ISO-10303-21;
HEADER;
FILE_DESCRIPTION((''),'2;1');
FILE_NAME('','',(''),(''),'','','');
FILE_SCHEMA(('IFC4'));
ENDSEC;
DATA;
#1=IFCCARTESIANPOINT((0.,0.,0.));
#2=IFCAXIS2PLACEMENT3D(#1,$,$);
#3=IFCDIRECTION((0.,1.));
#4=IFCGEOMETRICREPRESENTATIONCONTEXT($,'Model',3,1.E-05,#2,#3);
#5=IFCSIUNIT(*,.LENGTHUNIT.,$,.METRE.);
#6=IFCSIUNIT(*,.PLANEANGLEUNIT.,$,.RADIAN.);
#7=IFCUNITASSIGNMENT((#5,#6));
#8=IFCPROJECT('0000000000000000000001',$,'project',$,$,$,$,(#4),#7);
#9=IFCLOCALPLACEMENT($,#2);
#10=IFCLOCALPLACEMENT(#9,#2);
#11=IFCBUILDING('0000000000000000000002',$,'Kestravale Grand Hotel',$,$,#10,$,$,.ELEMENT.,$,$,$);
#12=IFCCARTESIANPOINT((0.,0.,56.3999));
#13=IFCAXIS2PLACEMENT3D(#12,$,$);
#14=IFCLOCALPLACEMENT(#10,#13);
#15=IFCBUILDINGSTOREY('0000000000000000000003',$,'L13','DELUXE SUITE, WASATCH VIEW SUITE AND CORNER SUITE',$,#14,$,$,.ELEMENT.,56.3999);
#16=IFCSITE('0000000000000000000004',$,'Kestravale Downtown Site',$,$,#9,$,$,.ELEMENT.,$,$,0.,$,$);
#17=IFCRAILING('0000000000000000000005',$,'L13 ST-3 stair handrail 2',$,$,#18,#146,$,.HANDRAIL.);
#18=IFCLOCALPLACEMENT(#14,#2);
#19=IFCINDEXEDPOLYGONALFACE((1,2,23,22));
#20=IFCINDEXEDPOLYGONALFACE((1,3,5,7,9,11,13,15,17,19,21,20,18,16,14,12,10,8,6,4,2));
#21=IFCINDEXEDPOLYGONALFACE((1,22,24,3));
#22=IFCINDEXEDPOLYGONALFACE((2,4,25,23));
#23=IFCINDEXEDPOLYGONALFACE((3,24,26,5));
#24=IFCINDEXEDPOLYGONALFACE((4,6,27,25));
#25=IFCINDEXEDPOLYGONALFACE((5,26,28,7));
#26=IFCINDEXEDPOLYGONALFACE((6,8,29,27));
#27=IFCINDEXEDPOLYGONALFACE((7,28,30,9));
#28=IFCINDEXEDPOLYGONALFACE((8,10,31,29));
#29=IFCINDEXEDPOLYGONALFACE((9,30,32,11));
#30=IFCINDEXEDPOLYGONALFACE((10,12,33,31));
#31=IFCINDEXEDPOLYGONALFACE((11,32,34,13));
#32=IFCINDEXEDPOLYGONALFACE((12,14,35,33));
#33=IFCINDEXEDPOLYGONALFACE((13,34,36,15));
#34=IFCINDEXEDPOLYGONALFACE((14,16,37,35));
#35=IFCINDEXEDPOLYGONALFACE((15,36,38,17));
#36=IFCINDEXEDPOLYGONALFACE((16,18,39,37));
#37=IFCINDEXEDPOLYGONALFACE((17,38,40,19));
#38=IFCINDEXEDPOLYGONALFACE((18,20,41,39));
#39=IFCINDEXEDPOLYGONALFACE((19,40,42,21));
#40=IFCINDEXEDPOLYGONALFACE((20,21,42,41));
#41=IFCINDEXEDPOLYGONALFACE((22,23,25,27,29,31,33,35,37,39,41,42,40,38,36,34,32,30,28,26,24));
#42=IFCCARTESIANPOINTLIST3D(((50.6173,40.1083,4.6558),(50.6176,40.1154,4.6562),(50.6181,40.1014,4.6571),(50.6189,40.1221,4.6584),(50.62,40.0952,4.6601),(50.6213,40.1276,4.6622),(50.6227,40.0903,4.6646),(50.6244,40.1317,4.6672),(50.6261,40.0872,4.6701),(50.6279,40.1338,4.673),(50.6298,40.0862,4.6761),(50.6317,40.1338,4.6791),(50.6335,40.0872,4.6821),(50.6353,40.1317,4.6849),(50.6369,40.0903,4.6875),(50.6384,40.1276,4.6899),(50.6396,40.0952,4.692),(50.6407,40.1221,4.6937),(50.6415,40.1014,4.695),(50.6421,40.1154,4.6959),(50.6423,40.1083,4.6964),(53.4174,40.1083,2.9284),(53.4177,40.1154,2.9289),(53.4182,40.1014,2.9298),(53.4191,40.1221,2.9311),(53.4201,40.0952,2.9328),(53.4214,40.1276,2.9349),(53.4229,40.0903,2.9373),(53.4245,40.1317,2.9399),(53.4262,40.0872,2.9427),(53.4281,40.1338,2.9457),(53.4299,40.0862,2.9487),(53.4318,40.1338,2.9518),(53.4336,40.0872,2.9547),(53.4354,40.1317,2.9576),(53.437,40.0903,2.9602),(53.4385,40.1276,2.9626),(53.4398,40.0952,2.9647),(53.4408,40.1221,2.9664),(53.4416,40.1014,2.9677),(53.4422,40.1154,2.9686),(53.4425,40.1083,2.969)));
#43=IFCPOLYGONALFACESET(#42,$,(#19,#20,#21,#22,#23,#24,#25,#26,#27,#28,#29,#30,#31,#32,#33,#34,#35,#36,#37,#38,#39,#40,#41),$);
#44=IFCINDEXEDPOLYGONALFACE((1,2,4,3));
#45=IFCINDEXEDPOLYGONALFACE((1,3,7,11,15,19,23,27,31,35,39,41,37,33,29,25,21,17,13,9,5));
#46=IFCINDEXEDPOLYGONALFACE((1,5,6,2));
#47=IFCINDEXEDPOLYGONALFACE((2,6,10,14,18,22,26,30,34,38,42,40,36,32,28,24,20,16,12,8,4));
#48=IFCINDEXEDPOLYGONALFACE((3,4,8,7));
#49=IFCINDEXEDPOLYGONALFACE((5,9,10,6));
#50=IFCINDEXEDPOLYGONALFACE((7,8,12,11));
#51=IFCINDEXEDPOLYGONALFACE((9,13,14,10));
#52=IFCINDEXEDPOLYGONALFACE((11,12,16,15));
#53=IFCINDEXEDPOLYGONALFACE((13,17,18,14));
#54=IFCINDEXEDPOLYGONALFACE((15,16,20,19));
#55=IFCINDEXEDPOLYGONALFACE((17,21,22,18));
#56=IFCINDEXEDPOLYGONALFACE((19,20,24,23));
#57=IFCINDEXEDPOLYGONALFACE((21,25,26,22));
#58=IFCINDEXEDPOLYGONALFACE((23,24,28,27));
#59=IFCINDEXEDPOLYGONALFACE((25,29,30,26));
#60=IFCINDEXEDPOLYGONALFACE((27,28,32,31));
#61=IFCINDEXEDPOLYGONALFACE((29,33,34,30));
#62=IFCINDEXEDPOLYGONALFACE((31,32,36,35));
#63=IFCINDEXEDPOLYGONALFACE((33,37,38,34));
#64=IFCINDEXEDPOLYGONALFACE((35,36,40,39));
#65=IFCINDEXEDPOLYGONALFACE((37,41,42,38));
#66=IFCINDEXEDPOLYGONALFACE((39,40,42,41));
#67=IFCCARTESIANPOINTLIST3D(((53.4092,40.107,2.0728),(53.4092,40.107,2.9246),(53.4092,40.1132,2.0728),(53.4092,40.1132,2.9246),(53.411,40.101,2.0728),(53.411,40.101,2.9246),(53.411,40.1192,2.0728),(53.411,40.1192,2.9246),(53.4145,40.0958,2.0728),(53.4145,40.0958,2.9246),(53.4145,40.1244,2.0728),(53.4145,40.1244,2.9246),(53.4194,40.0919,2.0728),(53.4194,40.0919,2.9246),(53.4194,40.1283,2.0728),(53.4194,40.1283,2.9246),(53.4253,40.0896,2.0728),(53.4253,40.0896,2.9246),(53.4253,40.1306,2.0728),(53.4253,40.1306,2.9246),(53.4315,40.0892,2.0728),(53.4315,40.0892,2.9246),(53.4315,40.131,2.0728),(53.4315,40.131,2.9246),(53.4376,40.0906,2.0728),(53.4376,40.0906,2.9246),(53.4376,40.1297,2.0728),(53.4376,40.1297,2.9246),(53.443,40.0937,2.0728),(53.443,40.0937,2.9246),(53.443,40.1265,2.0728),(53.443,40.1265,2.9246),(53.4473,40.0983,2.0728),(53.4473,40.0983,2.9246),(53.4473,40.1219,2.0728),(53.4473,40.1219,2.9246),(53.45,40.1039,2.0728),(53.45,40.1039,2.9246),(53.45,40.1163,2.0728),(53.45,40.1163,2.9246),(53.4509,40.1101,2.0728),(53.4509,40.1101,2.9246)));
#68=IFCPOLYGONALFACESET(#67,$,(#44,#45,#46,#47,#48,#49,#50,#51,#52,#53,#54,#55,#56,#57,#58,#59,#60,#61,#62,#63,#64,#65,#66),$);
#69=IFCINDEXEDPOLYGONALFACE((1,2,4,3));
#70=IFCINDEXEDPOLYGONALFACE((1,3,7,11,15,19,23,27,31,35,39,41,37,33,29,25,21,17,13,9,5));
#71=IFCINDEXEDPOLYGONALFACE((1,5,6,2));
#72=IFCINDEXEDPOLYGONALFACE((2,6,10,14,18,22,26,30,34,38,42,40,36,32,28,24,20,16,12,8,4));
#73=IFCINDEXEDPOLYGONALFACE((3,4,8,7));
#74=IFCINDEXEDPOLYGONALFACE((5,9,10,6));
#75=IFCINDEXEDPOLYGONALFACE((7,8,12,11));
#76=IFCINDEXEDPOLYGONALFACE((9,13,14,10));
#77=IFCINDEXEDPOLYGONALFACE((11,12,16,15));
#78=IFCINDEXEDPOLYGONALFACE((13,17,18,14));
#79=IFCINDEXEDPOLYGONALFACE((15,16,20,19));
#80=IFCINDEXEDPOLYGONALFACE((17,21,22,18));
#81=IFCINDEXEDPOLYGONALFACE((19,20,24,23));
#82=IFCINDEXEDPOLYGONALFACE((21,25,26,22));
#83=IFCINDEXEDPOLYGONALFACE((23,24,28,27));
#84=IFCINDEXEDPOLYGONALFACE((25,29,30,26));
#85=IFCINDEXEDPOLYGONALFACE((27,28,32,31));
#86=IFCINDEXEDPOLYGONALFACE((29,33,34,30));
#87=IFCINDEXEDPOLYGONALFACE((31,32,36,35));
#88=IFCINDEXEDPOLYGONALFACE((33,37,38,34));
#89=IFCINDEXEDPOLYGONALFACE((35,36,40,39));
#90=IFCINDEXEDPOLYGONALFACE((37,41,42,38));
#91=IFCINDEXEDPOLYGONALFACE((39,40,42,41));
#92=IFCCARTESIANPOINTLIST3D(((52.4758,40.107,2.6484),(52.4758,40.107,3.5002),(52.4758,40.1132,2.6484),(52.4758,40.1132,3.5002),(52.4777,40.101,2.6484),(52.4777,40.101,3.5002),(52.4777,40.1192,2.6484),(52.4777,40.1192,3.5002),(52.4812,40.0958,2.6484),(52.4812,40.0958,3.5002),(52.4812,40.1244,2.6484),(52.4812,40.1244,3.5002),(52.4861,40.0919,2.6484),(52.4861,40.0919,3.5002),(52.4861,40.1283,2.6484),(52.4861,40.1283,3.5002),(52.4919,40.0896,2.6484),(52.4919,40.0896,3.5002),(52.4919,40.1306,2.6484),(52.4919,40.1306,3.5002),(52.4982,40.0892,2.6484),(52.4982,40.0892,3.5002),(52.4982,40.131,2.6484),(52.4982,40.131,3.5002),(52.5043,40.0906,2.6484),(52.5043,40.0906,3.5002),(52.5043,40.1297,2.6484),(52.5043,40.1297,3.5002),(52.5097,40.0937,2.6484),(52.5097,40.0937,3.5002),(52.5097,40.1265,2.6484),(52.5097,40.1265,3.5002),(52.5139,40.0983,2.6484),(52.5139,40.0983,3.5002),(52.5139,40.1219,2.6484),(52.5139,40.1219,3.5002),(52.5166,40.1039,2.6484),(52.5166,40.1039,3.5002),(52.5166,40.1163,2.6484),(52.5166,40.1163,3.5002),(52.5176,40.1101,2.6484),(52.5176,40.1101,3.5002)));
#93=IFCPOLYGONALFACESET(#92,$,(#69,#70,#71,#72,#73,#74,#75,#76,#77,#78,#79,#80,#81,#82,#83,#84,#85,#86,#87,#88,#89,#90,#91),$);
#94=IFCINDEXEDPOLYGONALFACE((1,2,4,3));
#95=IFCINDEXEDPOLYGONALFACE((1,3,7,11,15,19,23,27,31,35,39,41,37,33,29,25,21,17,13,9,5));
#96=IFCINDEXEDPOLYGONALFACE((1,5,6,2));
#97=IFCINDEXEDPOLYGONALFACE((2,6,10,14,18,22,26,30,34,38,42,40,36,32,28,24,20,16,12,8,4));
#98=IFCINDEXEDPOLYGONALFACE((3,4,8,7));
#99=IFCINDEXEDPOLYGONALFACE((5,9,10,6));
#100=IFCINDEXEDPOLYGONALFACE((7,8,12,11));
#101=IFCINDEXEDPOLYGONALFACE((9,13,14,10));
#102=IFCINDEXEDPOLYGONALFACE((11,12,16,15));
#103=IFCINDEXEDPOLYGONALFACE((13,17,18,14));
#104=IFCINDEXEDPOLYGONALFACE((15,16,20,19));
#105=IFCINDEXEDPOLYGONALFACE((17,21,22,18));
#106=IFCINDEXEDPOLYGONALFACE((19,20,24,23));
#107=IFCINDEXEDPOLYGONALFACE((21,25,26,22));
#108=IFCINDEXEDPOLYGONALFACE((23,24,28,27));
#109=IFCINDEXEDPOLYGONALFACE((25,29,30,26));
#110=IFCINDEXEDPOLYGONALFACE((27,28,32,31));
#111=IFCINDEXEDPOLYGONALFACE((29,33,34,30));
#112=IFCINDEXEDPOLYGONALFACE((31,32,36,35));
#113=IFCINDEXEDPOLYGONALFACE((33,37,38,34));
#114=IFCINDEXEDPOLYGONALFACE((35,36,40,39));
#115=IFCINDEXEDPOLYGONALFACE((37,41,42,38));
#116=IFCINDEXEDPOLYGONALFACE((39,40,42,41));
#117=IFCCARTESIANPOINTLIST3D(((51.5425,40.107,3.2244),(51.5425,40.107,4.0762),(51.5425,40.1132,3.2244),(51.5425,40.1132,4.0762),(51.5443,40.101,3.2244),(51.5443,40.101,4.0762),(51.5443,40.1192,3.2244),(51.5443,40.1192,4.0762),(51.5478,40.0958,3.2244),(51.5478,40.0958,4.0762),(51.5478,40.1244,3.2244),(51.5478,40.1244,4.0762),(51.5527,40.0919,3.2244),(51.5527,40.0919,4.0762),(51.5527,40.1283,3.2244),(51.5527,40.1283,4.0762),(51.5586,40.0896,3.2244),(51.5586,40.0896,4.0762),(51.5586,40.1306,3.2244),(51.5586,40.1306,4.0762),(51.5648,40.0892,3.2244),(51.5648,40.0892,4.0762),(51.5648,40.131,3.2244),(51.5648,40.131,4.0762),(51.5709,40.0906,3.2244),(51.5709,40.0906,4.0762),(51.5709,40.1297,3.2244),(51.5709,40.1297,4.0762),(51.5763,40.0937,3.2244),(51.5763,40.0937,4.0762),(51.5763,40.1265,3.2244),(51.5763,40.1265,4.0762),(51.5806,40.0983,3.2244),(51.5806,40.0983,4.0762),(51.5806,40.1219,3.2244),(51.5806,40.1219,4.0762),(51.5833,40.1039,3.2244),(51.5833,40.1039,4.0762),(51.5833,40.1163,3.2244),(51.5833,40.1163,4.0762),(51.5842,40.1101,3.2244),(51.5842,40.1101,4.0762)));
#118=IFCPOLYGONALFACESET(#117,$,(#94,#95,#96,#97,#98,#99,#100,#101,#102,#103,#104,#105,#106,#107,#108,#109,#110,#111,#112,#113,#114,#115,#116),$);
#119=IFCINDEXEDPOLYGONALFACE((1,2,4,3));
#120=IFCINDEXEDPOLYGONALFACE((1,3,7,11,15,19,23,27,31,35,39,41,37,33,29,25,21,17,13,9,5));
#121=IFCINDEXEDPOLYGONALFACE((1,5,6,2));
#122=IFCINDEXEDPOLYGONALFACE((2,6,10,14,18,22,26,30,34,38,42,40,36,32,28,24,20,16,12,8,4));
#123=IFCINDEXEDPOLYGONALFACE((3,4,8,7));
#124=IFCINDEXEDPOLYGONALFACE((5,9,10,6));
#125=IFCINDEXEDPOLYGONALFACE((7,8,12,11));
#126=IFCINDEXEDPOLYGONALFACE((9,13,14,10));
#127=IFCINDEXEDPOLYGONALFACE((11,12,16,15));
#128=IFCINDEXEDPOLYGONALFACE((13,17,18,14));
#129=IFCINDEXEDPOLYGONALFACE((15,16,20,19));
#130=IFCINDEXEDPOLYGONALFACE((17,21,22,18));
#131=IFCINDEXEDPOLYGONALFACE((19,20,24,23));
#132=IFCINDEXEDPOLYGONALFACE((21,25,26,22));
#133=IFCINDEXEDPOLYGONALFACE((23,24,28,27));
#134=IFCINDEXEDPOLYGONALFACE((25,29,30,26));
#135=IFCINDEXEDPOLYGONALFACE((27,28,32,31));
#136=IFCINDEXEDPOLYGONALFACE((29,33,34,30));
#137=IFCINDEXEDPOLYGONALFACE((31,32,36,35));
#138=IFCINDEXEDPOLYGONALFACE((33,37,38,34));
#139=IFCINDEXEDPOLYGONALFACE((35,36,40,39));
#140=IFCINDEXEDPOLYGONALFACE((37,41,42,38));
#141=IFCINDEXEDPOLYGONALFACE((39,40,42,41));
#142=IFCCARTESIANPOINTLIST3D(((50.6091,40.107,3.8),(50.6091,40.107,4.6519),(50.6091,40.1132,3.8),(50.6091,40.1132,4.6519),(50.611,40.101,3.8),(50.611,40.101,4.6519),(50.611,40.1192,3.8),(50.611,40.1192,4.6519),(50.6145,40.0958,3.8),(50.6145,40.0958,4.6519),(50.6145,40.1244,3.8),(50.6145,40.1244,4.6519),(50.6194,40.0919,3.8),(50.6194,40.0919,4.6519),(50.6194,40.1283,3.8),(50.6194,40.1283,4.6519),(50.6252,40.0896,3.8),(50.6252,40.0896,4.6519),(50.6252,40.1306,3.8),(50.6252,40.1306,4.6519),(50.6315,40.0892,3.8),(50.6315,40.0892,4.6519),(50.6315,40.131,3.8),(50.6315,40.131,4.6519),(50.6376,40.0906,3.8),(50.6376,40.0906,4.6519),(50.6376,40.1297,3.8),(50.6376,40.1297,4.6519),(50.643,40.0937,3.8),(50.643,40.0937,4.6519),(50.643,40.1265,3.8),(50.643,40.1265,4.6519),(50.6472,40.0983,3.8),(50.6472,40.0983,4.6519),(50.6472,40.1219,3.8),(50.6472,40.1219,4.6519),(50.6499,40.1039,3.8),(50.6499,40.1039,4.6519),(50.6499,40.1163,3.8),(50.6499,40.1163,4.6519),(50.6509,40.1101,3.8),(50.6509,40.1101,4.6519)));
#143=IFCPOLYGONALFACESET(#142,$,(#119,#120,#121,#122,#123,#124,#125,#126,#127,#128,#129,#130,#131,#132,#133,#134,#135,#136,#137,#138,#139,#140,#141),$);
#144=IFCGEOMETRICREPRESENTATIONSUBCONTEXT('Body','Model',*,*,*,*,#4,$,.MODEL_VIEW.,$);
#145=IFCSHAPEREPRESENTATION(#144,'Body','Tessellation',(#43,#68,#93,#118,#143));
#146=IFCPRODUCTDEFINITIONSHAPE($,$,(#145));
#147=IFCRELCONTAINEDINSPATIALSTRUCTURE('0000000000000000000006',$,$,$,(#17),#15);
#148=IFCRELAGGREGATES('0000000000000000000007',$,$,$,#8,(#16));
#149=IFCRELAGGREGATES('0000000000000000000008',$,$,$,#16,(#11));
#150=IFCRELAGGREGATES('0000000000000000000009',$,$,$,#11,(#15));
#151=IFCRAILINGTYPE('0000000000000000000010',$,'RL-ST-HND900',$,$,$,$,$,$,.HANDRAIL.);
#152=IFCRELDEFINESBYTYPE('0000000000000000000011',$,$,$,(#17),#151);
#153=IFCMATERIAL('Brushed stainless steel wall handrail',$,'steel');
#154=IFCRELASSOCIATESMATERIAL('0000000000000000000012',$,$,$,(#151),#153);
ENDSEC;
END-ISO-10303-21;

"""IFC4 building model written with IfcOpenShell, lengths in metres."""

from ifc_helpers import new_model, si_unit, direction, frame, origin, origin_2d, place, context, subcontext, project, spatial, circle, extrude, material, type_object, element, save


model = new_model("IFC4")

# Units and contexts
model_context = context("Model", 3, precision=1e-05, world=origin(), true_north=direction((0.0, 1.0)))
body_context = subcontext(model_context, "Body", "Model", "MODEL_VIEW")
ifc_project = project(units=[si_unit("LENGTHUNIT", "METRE"), si_unit("PLANEANGLEUNIT", "RADIAN")], contexts=[model_context])

# Site, building, storey
site_placement = place(None, origin())
site = spatial("IfcSite", under=ifc_project, at=site_placement, Name="Kestravale Downtown Site", CompositionType="ELEMENT", RefElevation=0.0)
building_placement = place(site_placement, origin())
building = spatial("IfcBuilding", under=site, at=building_placement, Name="Kestravale Grand Hotel", CompositionType="ELEMENT")
storey_placement = place(building_placement, frame((0.0, 0.0, 56.3999)))
storey = spatial("IfcBuildingStorey", under=building, at=storey_placement, Name="L13", Description="DELUXE SUITE, WASATCH VIEW SUITE AND CORNER SUITE", CompositionType="ELEMENT", Elevation=56.3999)

# Railing
ifc_material_1 = material(Name="Brushed stainless steel wall handrail", Category="steel")
railing_type_1 = type_object("IfcRailingType", Name="RL-ST-HND900", PredefinedType="HANDRAIL", material=ifc_material_1)
railing_1_placement = place(storey_placement, frame((53.4299, 40.1101, 2.0728)))
element("IfcRailing", 1, at=railing_1_placement, inside=storey, type_object=railing_type_1, Name="L13 ST-3 stair handrail 2", PredefinedType="HANDRAIL", context=body_context, shape_type="SweptSolid", body=[
    extrude(circle(Radius=0.0239, at=origin_2d()), frame((0.0, 0.0, 0.876), z_axis=(-0.85109, 0.0, 0.52502), x_axis=(0.0, -1.0, 0.0)), (0.0, 0.0, 1.0), 3.29),
    extrude(circle(Radius=0.021, at=origin_2d()), origin(), (0.0, 0.0, 1.0), 0.8518),
    extrude(circle(Radius=0.021, at=origin_2d()), frame((-0.9333, 0.0, 0.5757)), (0.0, 0.0, 1.0), 0.8518),
    extrude(circle(Radius=0.021, at=origin_2d()), frame((-1.8667, 0.0, 1.1516)), (0.0, 0.0, 1.0), 0.8518),
    extrude(circle(Radius=0.021, at=origin_2d()), frame((-2.8, 0.0, 1.7273)), (0.0, 0.0, 1.0), 0.8518),
])

save(model, "model.ifc")
